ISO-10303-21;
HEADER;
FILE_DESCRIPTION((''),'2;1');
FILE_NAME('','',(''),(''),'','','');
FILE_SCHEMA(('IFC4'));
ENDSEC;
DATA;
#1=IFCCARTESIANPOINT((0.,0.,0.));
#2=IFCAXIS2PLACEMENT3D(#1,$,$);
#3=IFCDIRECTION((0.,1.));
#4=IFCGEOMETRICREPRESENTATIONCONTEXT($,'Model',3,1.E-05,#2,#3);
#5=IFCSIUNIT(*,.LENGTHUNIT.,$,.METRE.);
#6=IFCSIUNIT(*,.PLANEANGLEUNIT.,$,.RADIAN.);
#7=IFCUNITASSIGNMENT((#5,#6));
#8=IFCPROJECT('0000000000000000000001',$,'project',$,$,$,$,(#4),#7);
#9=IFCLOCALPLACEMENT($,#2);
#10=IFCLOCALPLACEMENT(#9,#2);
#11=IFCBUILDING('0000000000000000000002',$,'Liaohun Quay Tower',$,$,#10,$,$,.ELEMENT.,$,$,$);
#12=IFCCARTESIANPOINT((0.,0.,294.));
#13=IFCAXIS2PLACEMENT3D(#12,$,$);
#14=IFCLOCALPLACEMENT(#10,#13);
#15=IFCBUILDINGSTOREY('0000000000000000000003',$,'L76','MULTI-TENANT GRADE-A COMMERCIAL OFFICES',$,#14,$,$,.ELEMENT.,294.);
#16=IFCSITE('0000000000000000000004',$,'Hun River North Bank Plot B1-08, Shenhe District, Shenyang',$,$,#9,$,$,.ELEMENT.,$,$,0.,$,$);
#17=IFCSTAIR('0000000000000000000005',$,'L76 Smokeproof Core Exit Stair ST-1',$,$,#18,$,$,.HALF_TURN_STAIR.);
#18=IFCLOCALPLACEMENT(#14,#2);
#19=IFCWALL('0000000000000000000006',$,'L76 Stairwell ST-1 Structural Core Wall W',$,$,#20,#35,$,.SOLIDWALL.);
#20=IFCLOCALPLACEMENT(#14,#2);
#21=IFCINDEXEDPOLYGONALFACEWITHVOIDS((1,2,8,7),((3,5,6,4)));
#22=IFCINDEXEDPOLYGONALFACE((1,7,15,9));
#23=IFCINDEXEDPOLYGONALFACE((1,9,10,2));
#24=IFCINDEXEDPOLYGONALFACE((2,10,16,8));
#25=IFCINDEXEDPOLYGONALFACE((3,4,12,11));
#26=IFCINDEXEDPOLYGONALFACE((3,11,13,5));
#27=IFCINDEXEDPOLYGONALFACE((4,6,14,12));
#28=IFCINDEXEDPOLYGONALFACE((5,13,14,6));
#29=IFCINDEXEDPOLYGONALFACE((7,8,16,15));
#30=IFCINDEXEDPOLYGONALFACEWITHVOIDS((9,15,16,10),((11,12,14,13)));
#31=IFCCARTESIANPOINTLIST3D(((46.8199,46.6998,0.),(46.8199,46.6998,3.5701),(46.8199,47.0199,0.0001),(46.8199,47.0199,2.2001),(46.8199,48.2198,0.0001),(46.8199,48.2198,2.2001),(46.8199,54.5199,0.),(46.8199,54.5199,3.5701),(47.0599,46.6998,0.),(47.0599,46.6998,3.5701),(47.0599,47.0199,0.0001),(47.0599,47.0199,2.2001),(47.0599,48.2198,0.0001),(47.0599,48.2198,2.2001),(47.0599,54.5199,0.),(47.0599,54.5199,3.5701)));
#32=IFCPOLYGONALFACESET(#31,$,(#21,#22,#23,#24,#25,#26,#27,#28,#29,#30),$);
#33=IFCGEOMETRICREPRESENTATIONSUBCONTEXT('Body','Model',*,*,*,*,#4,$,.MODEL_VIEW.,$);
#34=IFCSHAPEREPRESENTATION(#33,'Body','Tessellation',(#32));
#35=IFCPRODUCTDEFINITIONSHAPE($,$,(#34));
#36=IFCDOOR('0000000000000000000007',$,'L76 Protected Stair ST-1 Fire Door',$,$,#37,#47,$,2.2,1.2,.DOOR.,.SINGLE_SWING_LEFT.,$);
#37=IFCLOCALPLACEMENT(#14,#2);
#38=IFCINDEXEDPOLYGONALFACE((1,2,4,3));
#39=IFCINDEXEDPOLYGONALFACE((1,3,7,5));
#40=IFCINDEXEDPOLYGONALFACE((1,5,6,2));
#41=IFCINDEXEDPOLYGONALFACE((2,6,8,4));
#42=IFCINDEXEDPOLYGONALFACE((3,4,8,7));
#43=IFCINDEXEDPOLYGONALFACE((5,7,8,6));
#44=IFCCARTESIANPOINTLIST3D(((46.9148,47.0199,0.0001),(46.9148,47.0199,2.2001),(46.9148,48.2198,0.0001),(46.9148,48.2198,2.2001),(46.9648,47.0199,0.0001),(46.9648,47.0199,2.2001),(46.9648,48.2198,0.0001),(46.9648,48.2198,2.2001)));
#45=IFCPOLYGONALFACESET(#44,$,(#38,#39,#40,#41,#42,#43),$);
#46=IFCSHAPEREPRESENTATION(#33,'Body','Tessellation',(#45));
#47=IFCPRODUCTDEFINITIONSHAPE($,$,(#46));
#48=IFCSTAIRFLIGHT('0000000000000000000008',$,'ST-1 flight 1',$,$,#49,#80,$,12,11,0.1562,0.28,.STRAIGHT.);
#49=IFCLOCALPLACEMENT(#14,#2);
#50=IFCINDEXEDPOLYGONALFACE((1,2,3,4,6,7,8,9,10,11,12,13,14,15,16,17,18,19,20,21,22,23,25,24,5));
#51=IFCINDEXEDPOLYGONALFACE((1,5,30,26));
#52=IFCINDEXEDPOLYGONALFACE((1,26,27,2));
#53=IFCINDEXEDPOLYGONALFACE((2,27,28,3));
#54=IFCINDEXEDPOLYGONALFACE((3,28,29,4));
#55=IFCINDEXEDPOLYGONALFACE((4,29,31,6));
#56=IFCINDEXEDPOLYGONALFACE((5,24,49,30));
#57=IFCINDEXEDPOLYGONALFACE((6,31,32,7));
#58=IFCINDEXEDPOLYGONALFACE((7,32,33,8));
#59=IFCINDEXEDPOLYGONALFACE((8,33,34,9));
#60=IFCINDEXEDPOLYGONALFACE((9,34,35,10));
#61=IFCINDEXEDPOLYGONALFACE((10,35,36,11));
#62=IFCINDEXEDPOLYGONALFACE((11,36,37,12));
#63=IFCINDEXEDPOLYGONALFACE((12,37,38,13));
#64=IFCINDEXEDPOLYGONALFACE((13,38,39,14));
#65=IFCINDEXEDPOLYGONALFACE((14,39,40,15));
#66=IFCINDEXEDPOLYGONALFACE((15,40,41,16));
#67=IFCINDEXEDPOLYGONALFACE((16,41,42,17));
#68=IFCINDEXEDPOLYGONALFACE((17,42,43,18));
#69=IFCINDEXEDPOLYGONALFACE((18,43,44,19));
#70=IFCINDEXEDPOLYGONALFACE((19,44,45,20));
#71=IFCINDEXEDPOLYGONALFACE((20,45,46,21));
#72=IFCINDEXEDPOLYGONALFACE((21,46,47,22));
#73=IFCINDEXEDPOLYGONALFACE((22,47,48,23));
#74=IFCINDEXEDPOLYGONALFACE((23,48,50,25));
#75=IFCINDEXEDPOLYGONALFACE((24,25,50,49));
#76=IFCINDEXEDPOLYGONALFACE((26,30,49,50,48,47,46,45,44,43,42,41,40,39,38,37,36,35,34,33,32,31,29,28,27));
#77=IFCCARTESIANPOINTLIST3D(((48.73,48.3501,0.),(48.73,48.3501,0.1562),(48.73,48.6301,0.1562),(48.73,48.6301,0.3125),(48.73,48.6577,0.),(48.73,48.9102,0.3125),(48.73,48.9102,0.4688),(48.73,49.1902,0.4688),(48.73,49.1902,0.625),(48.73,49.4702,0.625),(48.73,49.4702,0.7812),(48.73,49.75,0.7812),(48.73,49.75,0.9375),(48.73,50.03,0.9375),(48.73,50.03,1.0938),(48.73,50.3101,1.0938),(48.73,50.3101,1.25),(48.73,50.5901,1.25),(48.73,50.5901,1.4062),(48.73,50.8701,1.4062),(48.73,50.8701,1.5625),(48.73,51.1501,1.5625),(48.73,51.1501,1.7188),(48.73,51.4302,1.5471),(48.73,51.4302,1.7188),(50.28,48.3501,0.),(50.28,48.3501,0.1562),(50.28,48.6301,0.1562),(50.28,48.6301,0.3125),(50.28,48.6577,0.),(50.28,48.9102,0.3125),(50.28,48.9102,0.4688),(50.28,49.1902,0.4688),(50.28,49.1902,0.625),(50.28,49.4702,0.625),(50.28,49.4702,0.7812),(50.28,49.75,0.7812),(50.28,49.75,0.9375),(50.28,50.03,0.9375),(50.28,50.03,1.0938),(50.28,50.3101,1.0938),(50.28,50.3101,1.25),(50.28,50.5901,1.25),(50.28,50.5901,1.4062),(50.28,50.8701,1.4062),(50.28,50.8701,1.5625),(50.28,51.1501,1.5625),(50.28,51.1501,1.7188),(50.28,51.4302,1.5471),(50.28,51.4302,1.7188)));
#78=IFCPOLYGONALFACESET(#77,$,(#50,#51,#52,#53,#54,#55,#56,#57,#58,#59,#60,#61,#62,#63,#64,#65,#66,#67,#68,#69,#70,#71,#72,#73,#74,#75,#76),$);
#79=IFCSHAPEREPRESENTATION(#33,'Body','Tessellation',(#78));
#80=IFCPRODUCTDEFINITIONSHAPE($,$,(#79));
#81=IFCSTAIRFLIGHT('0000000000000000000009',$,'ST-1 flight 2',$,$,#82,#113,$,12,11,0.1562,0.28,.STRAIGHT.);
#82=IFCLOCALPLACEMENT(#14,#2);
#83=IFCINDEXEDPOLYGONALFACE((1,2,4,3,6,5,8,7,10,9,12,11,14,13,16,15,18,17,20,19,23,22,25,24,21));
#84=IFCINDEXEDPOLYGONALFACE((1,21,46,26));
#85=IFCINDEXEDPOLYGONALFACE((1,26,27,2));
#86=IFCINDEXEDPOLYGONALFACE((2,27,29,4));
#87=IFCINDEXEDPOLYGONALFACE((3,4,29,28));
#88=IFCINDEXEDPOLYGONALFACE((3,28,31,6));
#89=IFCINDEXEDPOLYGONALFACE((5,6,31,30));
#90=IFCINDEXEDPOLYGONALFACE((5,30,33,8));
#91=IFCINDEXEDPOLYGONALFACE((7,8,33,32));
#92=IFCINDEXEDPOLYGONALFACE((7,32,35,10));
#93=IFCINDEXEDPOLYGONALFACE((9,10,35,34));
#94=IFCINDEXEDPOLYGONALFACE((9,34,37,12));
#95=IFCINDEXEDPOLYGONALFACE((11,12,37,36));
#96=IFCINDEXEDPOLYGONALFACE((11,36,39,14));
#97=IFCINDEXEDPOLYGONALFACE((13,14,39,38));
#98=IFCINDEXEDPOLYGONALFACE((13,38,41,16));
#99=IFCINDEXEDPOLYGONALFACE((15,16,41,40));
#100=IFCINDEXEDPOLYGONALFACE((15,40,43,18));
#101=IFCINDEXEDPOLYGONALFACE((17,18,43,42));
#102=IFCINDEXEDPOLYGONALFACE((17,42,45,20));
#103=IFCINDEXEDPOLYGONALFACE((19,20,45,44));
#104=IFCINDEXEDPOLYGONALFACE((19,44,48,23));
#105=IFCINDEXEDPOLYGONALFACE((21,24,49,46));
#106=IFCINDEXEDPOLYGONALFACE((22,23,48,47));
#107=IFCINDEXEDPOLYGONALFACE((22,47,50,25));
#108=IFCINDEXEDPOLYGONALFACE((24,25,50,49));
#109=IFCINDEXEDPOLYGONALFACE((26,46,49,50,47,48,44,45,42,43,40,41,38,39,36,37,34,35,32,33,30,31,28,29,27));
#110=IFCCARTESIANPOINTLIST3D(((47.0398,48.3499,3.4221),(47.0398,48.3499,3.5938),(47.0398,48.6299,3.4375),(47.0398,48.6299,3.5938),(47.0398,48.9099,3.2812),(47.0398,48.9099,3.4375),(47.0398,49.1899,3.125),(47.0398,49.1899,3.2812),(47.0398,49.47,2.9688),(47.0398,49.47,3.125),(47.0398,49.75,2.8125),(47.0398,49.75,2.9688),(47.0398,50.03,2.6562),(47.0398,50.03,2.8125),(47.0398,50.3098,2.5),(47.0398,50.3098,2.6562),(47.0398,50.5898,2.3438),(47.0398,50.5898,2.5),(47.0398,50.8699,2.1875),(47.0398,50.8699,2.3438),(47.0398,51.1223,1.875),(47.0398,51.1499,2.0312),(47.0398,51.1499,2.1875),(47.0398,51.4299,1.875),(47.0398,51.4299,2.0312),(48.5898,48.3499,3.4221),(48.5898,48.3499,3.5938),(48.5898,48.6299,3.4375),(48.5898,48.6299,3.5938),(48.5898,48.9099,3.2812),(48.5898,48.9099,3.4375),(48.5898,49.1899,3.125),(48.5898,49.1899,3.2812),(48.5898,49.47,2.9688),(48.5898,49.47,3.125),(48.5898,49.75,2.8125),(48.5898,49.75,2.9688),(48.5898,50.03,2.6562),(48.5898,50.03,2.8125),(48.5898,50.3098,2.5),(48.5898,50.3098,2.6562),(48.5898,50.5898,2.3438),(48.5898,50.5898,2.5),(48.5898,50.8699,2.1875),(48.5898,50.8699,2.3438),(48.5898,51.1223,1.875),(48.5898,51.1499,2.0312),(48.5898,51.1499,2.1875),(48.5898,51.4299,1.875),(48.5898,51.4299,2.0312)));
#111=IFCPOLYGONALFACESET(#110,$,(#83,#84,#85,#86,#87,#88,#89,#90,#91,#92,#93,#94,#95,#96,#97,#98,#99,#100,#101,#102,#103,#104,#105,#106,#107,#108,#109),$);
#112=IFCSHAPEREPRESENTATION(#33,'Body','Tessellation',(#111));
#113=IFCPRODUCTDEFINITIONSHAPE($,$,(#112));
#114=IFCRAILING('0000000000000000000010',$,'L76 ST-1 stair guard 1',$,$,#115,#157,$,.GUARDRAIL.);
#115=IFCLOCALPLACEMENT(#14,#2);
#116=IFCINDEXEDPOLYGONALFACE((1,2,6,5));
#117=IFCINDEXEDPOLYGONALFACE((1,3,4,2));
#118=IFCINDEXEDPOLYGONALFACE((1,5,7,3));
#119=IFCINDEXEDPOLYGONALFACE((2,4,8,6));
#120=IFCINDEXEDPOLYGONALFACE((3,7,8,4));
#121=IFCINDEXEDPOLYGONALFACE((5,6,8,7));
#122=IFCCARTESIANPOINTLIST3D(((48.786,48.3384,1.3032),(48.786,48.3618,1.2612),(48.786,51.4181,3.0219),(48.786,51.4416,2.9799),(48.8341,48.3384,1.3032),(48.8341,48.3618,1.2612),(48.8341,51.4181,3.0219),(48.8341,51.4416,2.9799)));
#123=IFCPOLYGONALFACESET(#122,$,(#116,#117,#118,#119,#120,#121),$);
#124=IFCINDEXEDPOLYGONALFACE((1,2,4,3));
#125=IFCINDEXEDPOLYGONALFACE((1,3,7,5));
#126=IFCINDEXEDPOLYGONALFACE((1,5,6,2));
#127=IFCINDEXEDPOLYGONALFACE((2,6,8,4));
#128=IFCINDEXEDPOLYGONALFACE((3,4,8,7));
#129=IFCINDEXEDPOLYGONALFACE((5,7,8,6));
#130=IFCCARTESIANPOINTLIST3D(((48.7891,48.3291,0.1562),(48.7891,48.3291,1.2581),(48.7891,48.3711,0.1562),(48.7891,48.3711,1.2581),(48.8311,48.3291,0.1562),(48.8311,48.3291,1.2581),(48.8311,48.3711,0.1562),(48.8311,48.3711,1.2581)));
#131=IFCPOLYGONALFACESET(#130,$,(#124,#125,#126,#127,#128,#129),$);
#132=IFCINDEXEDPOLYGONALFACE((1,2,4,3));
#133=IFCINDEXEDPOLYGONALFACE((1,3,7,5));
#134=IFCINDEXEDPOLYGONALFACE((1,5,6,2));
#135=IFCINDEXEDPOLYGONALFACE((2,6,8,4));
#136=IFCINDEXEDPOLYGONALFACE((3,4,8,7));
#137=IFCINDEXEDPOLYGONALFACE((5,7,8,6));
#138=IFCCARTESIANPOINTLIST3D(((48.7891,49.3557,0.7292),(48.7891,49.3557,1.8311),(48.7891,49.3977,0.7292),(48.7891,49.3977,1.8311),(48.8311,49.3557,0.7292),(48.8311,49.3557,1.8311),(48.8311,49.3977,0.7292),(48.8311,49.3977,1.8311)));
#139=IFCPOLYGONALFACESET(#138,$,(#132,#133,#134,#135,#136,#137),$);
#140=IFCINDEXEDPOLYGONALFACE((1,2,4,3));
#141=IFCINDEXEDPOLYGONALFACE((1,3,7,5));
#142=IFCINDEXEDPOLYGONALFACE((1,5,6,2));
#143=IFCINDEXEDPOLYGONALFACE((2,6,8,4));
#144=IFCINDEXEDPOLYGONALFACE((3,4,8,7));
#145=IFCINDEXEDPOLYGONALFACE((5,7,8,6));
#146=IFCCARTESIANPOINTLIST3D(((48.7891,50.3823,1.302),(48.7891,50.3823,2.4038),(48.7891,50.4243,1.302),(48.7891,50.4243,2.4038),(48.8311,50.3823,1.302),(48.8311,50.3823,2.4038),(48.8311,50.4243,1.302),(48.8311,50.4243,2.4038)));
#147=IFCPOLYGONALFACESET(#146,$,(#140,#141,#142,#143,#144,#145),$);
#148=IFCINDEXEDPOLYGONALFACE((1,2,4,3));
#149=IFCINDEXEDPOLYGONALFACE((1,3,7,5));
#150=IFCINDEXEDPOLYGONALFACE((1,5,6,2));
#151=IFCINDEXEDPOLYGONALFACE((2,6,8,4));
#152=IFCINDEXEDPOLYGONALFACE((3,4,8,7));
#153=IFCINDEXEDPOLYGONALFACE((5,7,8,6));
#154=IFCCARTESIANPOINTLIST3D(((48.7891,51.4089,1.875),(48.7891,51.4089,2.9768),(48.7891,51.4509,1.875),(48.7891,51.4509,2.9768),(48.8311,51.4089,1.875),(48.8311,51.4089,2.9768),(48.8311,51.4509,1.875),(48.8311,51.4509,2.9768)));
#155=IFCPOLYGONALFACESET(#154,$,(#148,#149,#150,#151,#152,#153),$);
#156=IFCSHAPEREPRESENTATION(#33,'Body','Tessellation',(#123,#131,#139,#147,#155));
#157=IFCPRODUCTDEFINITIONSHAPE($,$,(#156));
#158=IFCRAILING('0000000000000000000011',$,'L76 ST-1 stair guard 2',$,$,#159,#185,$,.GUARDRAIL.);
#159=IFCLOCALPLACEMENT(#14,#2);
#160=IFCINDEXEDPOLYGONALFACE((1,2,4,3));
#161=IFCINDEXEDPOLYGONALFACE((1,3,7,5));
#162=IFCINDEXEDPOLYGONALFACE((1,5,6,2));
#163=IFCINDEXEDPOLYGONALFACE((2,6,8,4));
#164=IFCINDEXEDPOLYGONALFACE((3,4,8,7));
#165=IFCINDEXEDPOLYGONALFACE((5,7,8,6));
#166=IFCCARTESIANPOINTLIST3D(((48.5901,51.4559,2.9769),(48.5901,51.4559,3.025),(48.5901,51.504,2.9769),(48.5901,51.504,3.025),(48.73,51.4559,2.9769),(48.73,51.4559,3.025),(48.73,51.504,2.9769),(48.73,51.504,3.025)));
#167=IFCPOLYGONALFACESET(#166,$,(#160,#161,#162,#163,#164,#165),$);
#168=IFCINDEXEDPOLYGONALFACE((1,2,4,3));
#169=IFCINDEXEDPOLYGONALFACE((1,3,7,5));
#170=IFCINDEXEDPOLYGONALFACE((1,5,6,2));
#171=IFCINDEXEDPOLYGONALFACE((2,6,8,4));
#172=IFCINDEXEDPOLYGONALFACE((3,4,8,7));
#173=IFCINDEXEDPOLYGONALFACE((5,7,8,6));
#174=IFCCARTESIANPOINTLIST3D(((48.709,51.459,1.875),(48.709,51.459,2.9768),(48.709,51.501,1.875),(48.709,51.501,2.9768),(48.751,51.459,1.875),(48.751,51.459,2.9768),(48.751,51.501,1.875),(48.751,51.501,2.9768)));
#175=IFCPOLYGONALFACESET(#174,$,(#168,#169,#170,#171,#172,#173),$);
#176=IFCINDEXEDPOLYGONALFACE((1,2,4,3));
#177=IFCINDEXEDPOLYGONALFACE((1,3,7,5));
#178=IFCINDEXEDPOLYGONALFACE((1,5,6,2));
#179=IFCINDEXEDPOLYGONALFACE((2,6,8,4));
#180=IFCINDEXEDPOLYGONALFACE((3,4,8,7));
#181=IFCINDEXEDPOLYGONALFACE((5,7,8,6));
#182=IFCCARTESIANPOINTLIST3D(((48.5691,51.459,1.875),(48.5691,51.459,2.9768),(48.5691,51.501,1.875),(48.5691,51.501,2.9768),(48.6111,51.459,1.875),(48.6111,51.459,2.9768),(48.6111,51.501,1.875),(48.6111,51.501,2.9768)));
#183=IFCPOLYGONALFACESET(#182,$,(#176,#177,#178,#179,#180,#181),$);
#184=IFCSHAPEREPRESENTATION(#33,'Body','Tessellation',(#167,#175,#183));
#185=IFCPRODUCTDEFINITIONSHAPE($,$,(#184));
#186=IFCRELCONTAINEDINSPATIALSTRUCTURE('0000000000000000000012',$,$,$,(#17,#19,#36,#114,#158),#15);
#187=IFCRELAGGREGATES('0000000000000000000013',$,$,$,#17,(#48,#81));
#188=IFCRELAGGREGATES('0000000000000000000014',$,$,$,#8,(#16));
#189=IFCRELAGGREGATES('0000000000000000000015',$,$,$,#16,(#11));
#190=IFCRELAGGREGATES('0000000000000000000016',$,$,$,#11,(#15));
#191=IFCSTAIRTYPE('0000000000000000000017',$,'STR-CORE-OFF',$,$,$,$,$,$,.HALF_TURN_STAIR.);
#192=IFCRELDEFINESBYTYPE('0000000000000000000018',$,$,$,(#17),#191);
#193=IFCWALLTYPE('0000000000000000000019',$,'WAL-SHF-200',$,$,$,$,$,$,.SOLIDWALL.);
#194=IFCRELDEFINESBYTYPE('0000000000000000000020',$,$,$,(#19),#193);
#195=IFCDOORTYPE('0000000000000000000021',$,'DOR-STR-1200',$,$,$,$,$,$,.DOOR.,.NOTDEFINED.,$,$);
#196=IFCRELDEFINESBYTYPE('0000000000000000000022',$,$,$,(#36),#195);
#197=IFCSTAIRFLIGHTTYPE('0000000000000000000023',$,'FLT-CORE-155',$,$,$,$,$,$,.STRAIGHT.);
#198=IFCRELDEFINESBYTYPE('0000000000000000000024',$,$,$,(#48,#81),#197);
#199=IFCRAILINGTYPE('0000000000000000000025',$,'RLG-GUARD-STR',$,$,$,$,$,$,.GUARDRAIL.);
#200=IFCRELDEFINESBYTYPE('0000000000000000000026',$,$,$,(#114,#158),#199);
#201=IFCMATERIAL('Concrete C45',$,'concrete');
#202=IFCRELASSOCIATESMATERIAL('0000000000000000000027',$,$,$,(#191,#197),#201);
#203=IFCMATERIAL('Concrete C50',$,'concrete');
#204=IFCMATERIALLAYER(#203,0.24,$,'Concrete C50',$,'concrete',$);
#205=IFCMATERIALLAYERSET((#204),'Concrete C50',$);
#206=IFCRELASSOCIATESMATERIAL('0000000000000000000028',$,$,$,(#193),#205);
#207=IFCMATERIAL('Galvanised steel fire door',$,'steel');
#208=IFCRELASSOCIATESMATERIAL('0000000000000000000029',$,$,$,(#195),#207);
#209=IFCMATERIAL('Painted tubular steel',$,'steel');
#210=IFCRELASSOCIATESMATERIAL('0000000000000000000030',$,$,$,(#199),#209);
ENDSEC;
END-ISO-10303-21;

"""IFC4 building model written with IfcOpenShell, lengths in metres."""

from ifc_helpers import new_model, si_unit, direction, frame, frame_2d, origin, origin_2d, place, context, subcontext, project, spatial, polyline, rectangle, outline, extrude, source, transform, mapped, material, layer, layer_set, type_object, element, fill, aggregate, save


model = new_model("IFC4")

# Units and contexts
model_context = context("Model", 3, precision=1e-05, world=origin(), true_north=direction((0.0, 1.0)))
body_context = subcontext(model_context, "Body", "Model", "MODEL_VIEW")
ifc_project = project(units=[si_unit("LENGTHUNIT", "METRE"), si_unit("PLANEANGLEUNIT", "RADIAN")], contexts=[model_context])

# Site, building, storey
site_placement = place(None, origin())
site = spatial("IfcSite", under=ifc_project, at=site_placement, Name="Hun River North Bank Plot B1-08, Shenhe District, Shenyang", CompositionType="ELEMENT", RefElevation=0.0)
building_placement = place(site_placement, origin())
building = spatial("IfcBuilding", under=site, at=building_placement, Name="Liaohun Quay Tower", CompositionType="ELEMENT")
storey_placement = place(building_placement, frame((0.0, 0.0, 294.0)))
storey = spatial("IfcBuildingStorey", under=building, at=storey_placement, Name="L76", Description="MULTI-TENANT GRADE-A COMMERCIAL OFFICES", CompositionType="ELEMENT", Elevation=294.0)

# Shared definitions
ifc_material_1 = material(Name="Concrete C50", Category="concrete")

# Stair
ifc_material_2 = material(Name="Concrete C45", Category="concrete")
stair_type = type_object("IfcStairType", Name="STR-CORE-OFF", PredefinedType="HALF_TURN_STAIR", material=ifc_material_2)
stair_1_placement = place(storey_placement, origin())
stair_1 = element("IfcStair", 1, at=stair_1_placement, inside=storey, type_object=stair_type, Name="L76 Smokeproof Core Exit Stair ST-1", PredefinedType="HALF_TURN_STAIR")

# Shared definitions
ifc_layer_1 = layer(ifc_material_1, 0.24, Name="Concrete C50", Category="concrete")
ifc_layer_set_1 = layer_set([ifc_layer_1], Name="Concrete C50")
wall_type_1 = type_object("IfcWallType", Name="WAL-SHF-200", PredefinedType="SOLIDWALL", material=ifc_layer_set_1)

# Wall, opening, door
wall_1_placement = place(storey_placement, frame((46.9399, 54.52, 0.0), z_axis=(0.0, 0.0, 1.0), x_axis=(0.0, -1.0, 0.0)))
wall_1 = element("IfcWall", 2, at=wall_1_placement, inside=storey, type_object=wall_type_1, Name="L76 Stairwell ST-1 Structural Core Wall W", PredefinedType="SOLIDWALL", context=body_context, shape_type="SweptSolid", body=[
    extrude(rectangle(XDim=7.8201, YDim=0.24, at=frame_2d((3.9102, 0.0))), origin(), (0.0, 0.0, 1.0), 3.5701),
])
shared_shape_1 = source(origin(), body_context, "Body", "SweptSolid", [
    extrude(rectangle(XDim=1.2, YDim=2.2, at=frame_2d((0.6001, 1.1001))), frame((0.0, 0.1299, 0.0), z_axis=(0.0, -1.0, 0.0), x_axis=(1.0, 0.0, 0.0)), (0.0, 0.0, 1.0), 0.26),
])
opening_1_placement = place(wall_1_placement, frame((6.3, 0.0, 0.0)))
opening_1 = element("IfcOpeningElement", 3, at=opening_1_placement, cuts=wall_1, PredefinedType="OPENING", context=body_context, shape_type="MappedRepresentation", body=[
    mapped(shared_shape_1, transform((0.0, 0.0, 0.0), x_axis=(1.0, 0.0, 0.0), y_axis=(0.0, 1.0, 0.0), z_axis=(0.0, 0.0, 1.0), scale=1.0)),
])
ifc_material_3 = material(Name="Galvanised steel fire door", Category="steel")
door_type_1 = type_object("IfcDoorType", Name="DOR-STR-1200", OperationType="NOTDEFINED", PredefinedType="DOOR", material=ifc_material_3)
shared_shape_2 = source(origin(), body_context, "Body", "SweptSolid", [
    extrude(rectangle(XDim=1.2, YDim=2.2, at=frame_2d((0.6001, 1.1001))), frame((0.0, 0.0249, 0.0), z_axis=(0.0, -1.0, 0.0), x_axis=(1.0, 0.0, 0.0)), (0.0, 0.0, 1.0), 0.05),
])
door_1_placement = place(opening_1_placement, origin())
door_1 = element("IfcDoor", 4, at=door_1_placement, inside=storey, type_object=door_type_1, Name="L76 Protected Stair ST-1 Fire Door", OperationType="SINGLE_SWING_LEFT", OverallHeight=2.2, OverallWidth=1.2, PredefinedType="DOOR", context=body_context, shape_type="MappedRepresentation", body=[
    mapped(shared_shape_2, transform((0.0, 0.0, 0.0), x_axis=(1.0, 0.0, 0.0), y_axis=(0.0, 1.0, 0.0), z_axis=(0.0, 0.0, 1.0), scale=1.0)),
])
fill(opening_1, door_1)

# Stair flights
stair_flight_type = type_object("IfcStairFlightType", Name="FLT-CORE-155", PredefinedType="STRAIGHT", material=ifc_material_2)
stair_flight_1_placement = place(storey_placement, frame((49.5049, 48.3501, 0.0), z_axis=(0.0, 0.0, 1.0), x_axis=(0.0, 1.0, 0.0)))
stair_flight_1 = element("IfcStairFlight", 5, at=stair_flight_1_placement, type_object=stair_flight_type, Name="ST-1 flight 1", NumberOfRisers=12, NumberOfTreads=11, PredefinedType="STRAIGHT", RiserHeight=0.1562, TreadLength=0.28, context=body_context, shape_type="SweptSolid", body=[
    extrude(outline(polyline([(0.0, 0.0), (0.0, 0.1562), (0.28, 0.1562), (0.28, 0.3125), (0.5601, 0.3125), (0.5601, 0.4688), (0.8401, 0.4688), (0.8401, 0.625), (1.1201, 0.625), (1.1201, 0.7812), (1.3999, 0.7812), (1.3999, 0.9375), (1.6799, 0.9375), (1.6799, 1.0938), (1.96, 1.0938), (1.96, 1.25), (2.24, 1.25), (2.24, 1.4062), (2.52, 1.4062), (2.52, 1.5625), (2.8, 1.5625), (2.8, 1.7188), (3.0801, 1.7188), (3.0801, 1.875), (3.0801, 1.5471), (0.3076, 0.0), (0.0, 0.0)])), frame((0.0, 0.7749, 0.0), z_axis=(0.0, -1.0, 0.0), x_axis=(1.0, 0.0, 0.0)), (0.0, 0.0, 1.0), 1.55),
])
stair_flight_2_placement = place(storey_placement, frame((47.8149, 51.4299, 1.875), z_axis=(0.0, 0.0, 1.0), x_axis=(0.0, -1.0, 0.0)))
stair_flight_2 = element("IfcStairFlight", 6, at=stair_flight_2_placement, type_object=stair_flight_type, Name="ST-1 flight 2", NumberOfRisers=12, NumberOfTreads=11, PredefinedType="STRAIGHT", RiserHeight=0.1562, TreadLength=0.28, context=body_context, shape_type="SweptSolid", body=[
    extrude(outline(polyline([(0.0, 0.0), (0.0, 0.1562), (0.28, 0.1562), (0.28, 0.3125), (0.5601, 0.3125), (0.5601, 0.4688), (0.8401, 0.4688), (0.8401, 0.625), (1.1201, 0.625), (1.1201, 0.7812), (1.3999, 0.7812), (1.3999, 0.9375), (1.6799, 0.9375), (1.6799, 1.0938), (1.96, 1.0938), (1.96, 1.25), (2.24, 1.25), (2.24, 1.4062), (2.52, 1.4062), (2.52, 1.5625), (2.8, 1.5625), (2.8, 1.7188), (3.0801, 1.7188), (3.0801, 1.875), (3.0801, 1.5471), (0.3076, 0.0), (0.0, 0.0)])), frame((0.0, 0.7749, 0.0), z_axis=(0.0, -1.0, 0.0), x_axis=(1.0, 0.0, 0.0)), (0.0, 0.0, 1.0), 1.55),
])
aggregate(stair_1, [stair_flight_1, stair_flight_2])

# Railings
ifc_material_4 = material(Name="Painted tubular steel", Category="steel")
railing_type_1 = type_object("IfcRailingType", Name="RLG-GUARD-STR", PredefinedType="GUARDRAIL", material=ifc_material_4)
railing_1_placement = place(storey_placement, frame((48.8101, 48.3501, 0.1562)))
element("IfcRailing", 7, at=railing_1_placement, inside=storey, type_object=railing_type_1, Name="L76 ST-1 stair guard 1", PredefinedType="GUARDRAIL", context=body_context, shape_type="SweptSolid", body=[
    extrude(rectangle(XDim=0.0481, YDim=0.0481, at=origin_2d()), frame((0.0, 0.0, 1.126), z_axis=(0.0, 0.873225, 0.487317), x_axis=(-1.0, 0.0, 0.0)), (0.0, 0.0, 1.0), 3.5269),
    extrude(rectangle(XDim=0.042, YDim=0.042, at=origin_2d()), origin(), (0.0, 0.0, 1.0), 1.1018),
    extrude(rectangle(XDim=0.042, YDim=0.042, at=origin_2d()), frame((0.0, 1.0266, 0.573)), (0.0, 0.0, 1.0), 1.1018),
    extrude(rectangle(XDim=0.042, YDim=0.042, at=origin_2d()), frame((0.0, 2.0532, 1.1458)), (0.0, 0.0, 1.0), 1.1018),
    extrude(rectangle(XDim=0.042, YDim=0.042, at=origin_2d()), frame((0.0, 3.0798, 1.7188)), (0.0, 0.0, 1.0), 1.1018),
])
railing_2_placement = place(storey_placement, frame((48.73, 51.48, 1.875)))
element("IfcRailing", 8, at=railing_2_placement, inside=storey, type_object=railing_type_1, Name="L76 ST-1 stair guard 2", PredefinedType="GUARDRAIL", context=body_context, shape_type="SweptSolid", body=[
    extrude(rectangle(XDim=0.0481, YDim=0.0481, at=origin_2d()), frame((0.0, 0.0, 1.126), z_axis=(-1.0, 0.0, 0.0), x_axis=(0.0, -1.0, 0.0)), (0.0, 0.0, 1.0), 0.1399),
    extrude(rectangle(XDim=0.042, YDim=0.042, at=origin_2d()), origin(), (0.0, 0.0, 1.0), 1.1018),
    extrude(rectangle(XDim=0.042, YDim=0.042, at=origin_2d()), frame((-0.1399, 0.0, 0.0)), (0.0, 0.0, 1.0), 1.1018),
])

save(model, "model.ifc")
